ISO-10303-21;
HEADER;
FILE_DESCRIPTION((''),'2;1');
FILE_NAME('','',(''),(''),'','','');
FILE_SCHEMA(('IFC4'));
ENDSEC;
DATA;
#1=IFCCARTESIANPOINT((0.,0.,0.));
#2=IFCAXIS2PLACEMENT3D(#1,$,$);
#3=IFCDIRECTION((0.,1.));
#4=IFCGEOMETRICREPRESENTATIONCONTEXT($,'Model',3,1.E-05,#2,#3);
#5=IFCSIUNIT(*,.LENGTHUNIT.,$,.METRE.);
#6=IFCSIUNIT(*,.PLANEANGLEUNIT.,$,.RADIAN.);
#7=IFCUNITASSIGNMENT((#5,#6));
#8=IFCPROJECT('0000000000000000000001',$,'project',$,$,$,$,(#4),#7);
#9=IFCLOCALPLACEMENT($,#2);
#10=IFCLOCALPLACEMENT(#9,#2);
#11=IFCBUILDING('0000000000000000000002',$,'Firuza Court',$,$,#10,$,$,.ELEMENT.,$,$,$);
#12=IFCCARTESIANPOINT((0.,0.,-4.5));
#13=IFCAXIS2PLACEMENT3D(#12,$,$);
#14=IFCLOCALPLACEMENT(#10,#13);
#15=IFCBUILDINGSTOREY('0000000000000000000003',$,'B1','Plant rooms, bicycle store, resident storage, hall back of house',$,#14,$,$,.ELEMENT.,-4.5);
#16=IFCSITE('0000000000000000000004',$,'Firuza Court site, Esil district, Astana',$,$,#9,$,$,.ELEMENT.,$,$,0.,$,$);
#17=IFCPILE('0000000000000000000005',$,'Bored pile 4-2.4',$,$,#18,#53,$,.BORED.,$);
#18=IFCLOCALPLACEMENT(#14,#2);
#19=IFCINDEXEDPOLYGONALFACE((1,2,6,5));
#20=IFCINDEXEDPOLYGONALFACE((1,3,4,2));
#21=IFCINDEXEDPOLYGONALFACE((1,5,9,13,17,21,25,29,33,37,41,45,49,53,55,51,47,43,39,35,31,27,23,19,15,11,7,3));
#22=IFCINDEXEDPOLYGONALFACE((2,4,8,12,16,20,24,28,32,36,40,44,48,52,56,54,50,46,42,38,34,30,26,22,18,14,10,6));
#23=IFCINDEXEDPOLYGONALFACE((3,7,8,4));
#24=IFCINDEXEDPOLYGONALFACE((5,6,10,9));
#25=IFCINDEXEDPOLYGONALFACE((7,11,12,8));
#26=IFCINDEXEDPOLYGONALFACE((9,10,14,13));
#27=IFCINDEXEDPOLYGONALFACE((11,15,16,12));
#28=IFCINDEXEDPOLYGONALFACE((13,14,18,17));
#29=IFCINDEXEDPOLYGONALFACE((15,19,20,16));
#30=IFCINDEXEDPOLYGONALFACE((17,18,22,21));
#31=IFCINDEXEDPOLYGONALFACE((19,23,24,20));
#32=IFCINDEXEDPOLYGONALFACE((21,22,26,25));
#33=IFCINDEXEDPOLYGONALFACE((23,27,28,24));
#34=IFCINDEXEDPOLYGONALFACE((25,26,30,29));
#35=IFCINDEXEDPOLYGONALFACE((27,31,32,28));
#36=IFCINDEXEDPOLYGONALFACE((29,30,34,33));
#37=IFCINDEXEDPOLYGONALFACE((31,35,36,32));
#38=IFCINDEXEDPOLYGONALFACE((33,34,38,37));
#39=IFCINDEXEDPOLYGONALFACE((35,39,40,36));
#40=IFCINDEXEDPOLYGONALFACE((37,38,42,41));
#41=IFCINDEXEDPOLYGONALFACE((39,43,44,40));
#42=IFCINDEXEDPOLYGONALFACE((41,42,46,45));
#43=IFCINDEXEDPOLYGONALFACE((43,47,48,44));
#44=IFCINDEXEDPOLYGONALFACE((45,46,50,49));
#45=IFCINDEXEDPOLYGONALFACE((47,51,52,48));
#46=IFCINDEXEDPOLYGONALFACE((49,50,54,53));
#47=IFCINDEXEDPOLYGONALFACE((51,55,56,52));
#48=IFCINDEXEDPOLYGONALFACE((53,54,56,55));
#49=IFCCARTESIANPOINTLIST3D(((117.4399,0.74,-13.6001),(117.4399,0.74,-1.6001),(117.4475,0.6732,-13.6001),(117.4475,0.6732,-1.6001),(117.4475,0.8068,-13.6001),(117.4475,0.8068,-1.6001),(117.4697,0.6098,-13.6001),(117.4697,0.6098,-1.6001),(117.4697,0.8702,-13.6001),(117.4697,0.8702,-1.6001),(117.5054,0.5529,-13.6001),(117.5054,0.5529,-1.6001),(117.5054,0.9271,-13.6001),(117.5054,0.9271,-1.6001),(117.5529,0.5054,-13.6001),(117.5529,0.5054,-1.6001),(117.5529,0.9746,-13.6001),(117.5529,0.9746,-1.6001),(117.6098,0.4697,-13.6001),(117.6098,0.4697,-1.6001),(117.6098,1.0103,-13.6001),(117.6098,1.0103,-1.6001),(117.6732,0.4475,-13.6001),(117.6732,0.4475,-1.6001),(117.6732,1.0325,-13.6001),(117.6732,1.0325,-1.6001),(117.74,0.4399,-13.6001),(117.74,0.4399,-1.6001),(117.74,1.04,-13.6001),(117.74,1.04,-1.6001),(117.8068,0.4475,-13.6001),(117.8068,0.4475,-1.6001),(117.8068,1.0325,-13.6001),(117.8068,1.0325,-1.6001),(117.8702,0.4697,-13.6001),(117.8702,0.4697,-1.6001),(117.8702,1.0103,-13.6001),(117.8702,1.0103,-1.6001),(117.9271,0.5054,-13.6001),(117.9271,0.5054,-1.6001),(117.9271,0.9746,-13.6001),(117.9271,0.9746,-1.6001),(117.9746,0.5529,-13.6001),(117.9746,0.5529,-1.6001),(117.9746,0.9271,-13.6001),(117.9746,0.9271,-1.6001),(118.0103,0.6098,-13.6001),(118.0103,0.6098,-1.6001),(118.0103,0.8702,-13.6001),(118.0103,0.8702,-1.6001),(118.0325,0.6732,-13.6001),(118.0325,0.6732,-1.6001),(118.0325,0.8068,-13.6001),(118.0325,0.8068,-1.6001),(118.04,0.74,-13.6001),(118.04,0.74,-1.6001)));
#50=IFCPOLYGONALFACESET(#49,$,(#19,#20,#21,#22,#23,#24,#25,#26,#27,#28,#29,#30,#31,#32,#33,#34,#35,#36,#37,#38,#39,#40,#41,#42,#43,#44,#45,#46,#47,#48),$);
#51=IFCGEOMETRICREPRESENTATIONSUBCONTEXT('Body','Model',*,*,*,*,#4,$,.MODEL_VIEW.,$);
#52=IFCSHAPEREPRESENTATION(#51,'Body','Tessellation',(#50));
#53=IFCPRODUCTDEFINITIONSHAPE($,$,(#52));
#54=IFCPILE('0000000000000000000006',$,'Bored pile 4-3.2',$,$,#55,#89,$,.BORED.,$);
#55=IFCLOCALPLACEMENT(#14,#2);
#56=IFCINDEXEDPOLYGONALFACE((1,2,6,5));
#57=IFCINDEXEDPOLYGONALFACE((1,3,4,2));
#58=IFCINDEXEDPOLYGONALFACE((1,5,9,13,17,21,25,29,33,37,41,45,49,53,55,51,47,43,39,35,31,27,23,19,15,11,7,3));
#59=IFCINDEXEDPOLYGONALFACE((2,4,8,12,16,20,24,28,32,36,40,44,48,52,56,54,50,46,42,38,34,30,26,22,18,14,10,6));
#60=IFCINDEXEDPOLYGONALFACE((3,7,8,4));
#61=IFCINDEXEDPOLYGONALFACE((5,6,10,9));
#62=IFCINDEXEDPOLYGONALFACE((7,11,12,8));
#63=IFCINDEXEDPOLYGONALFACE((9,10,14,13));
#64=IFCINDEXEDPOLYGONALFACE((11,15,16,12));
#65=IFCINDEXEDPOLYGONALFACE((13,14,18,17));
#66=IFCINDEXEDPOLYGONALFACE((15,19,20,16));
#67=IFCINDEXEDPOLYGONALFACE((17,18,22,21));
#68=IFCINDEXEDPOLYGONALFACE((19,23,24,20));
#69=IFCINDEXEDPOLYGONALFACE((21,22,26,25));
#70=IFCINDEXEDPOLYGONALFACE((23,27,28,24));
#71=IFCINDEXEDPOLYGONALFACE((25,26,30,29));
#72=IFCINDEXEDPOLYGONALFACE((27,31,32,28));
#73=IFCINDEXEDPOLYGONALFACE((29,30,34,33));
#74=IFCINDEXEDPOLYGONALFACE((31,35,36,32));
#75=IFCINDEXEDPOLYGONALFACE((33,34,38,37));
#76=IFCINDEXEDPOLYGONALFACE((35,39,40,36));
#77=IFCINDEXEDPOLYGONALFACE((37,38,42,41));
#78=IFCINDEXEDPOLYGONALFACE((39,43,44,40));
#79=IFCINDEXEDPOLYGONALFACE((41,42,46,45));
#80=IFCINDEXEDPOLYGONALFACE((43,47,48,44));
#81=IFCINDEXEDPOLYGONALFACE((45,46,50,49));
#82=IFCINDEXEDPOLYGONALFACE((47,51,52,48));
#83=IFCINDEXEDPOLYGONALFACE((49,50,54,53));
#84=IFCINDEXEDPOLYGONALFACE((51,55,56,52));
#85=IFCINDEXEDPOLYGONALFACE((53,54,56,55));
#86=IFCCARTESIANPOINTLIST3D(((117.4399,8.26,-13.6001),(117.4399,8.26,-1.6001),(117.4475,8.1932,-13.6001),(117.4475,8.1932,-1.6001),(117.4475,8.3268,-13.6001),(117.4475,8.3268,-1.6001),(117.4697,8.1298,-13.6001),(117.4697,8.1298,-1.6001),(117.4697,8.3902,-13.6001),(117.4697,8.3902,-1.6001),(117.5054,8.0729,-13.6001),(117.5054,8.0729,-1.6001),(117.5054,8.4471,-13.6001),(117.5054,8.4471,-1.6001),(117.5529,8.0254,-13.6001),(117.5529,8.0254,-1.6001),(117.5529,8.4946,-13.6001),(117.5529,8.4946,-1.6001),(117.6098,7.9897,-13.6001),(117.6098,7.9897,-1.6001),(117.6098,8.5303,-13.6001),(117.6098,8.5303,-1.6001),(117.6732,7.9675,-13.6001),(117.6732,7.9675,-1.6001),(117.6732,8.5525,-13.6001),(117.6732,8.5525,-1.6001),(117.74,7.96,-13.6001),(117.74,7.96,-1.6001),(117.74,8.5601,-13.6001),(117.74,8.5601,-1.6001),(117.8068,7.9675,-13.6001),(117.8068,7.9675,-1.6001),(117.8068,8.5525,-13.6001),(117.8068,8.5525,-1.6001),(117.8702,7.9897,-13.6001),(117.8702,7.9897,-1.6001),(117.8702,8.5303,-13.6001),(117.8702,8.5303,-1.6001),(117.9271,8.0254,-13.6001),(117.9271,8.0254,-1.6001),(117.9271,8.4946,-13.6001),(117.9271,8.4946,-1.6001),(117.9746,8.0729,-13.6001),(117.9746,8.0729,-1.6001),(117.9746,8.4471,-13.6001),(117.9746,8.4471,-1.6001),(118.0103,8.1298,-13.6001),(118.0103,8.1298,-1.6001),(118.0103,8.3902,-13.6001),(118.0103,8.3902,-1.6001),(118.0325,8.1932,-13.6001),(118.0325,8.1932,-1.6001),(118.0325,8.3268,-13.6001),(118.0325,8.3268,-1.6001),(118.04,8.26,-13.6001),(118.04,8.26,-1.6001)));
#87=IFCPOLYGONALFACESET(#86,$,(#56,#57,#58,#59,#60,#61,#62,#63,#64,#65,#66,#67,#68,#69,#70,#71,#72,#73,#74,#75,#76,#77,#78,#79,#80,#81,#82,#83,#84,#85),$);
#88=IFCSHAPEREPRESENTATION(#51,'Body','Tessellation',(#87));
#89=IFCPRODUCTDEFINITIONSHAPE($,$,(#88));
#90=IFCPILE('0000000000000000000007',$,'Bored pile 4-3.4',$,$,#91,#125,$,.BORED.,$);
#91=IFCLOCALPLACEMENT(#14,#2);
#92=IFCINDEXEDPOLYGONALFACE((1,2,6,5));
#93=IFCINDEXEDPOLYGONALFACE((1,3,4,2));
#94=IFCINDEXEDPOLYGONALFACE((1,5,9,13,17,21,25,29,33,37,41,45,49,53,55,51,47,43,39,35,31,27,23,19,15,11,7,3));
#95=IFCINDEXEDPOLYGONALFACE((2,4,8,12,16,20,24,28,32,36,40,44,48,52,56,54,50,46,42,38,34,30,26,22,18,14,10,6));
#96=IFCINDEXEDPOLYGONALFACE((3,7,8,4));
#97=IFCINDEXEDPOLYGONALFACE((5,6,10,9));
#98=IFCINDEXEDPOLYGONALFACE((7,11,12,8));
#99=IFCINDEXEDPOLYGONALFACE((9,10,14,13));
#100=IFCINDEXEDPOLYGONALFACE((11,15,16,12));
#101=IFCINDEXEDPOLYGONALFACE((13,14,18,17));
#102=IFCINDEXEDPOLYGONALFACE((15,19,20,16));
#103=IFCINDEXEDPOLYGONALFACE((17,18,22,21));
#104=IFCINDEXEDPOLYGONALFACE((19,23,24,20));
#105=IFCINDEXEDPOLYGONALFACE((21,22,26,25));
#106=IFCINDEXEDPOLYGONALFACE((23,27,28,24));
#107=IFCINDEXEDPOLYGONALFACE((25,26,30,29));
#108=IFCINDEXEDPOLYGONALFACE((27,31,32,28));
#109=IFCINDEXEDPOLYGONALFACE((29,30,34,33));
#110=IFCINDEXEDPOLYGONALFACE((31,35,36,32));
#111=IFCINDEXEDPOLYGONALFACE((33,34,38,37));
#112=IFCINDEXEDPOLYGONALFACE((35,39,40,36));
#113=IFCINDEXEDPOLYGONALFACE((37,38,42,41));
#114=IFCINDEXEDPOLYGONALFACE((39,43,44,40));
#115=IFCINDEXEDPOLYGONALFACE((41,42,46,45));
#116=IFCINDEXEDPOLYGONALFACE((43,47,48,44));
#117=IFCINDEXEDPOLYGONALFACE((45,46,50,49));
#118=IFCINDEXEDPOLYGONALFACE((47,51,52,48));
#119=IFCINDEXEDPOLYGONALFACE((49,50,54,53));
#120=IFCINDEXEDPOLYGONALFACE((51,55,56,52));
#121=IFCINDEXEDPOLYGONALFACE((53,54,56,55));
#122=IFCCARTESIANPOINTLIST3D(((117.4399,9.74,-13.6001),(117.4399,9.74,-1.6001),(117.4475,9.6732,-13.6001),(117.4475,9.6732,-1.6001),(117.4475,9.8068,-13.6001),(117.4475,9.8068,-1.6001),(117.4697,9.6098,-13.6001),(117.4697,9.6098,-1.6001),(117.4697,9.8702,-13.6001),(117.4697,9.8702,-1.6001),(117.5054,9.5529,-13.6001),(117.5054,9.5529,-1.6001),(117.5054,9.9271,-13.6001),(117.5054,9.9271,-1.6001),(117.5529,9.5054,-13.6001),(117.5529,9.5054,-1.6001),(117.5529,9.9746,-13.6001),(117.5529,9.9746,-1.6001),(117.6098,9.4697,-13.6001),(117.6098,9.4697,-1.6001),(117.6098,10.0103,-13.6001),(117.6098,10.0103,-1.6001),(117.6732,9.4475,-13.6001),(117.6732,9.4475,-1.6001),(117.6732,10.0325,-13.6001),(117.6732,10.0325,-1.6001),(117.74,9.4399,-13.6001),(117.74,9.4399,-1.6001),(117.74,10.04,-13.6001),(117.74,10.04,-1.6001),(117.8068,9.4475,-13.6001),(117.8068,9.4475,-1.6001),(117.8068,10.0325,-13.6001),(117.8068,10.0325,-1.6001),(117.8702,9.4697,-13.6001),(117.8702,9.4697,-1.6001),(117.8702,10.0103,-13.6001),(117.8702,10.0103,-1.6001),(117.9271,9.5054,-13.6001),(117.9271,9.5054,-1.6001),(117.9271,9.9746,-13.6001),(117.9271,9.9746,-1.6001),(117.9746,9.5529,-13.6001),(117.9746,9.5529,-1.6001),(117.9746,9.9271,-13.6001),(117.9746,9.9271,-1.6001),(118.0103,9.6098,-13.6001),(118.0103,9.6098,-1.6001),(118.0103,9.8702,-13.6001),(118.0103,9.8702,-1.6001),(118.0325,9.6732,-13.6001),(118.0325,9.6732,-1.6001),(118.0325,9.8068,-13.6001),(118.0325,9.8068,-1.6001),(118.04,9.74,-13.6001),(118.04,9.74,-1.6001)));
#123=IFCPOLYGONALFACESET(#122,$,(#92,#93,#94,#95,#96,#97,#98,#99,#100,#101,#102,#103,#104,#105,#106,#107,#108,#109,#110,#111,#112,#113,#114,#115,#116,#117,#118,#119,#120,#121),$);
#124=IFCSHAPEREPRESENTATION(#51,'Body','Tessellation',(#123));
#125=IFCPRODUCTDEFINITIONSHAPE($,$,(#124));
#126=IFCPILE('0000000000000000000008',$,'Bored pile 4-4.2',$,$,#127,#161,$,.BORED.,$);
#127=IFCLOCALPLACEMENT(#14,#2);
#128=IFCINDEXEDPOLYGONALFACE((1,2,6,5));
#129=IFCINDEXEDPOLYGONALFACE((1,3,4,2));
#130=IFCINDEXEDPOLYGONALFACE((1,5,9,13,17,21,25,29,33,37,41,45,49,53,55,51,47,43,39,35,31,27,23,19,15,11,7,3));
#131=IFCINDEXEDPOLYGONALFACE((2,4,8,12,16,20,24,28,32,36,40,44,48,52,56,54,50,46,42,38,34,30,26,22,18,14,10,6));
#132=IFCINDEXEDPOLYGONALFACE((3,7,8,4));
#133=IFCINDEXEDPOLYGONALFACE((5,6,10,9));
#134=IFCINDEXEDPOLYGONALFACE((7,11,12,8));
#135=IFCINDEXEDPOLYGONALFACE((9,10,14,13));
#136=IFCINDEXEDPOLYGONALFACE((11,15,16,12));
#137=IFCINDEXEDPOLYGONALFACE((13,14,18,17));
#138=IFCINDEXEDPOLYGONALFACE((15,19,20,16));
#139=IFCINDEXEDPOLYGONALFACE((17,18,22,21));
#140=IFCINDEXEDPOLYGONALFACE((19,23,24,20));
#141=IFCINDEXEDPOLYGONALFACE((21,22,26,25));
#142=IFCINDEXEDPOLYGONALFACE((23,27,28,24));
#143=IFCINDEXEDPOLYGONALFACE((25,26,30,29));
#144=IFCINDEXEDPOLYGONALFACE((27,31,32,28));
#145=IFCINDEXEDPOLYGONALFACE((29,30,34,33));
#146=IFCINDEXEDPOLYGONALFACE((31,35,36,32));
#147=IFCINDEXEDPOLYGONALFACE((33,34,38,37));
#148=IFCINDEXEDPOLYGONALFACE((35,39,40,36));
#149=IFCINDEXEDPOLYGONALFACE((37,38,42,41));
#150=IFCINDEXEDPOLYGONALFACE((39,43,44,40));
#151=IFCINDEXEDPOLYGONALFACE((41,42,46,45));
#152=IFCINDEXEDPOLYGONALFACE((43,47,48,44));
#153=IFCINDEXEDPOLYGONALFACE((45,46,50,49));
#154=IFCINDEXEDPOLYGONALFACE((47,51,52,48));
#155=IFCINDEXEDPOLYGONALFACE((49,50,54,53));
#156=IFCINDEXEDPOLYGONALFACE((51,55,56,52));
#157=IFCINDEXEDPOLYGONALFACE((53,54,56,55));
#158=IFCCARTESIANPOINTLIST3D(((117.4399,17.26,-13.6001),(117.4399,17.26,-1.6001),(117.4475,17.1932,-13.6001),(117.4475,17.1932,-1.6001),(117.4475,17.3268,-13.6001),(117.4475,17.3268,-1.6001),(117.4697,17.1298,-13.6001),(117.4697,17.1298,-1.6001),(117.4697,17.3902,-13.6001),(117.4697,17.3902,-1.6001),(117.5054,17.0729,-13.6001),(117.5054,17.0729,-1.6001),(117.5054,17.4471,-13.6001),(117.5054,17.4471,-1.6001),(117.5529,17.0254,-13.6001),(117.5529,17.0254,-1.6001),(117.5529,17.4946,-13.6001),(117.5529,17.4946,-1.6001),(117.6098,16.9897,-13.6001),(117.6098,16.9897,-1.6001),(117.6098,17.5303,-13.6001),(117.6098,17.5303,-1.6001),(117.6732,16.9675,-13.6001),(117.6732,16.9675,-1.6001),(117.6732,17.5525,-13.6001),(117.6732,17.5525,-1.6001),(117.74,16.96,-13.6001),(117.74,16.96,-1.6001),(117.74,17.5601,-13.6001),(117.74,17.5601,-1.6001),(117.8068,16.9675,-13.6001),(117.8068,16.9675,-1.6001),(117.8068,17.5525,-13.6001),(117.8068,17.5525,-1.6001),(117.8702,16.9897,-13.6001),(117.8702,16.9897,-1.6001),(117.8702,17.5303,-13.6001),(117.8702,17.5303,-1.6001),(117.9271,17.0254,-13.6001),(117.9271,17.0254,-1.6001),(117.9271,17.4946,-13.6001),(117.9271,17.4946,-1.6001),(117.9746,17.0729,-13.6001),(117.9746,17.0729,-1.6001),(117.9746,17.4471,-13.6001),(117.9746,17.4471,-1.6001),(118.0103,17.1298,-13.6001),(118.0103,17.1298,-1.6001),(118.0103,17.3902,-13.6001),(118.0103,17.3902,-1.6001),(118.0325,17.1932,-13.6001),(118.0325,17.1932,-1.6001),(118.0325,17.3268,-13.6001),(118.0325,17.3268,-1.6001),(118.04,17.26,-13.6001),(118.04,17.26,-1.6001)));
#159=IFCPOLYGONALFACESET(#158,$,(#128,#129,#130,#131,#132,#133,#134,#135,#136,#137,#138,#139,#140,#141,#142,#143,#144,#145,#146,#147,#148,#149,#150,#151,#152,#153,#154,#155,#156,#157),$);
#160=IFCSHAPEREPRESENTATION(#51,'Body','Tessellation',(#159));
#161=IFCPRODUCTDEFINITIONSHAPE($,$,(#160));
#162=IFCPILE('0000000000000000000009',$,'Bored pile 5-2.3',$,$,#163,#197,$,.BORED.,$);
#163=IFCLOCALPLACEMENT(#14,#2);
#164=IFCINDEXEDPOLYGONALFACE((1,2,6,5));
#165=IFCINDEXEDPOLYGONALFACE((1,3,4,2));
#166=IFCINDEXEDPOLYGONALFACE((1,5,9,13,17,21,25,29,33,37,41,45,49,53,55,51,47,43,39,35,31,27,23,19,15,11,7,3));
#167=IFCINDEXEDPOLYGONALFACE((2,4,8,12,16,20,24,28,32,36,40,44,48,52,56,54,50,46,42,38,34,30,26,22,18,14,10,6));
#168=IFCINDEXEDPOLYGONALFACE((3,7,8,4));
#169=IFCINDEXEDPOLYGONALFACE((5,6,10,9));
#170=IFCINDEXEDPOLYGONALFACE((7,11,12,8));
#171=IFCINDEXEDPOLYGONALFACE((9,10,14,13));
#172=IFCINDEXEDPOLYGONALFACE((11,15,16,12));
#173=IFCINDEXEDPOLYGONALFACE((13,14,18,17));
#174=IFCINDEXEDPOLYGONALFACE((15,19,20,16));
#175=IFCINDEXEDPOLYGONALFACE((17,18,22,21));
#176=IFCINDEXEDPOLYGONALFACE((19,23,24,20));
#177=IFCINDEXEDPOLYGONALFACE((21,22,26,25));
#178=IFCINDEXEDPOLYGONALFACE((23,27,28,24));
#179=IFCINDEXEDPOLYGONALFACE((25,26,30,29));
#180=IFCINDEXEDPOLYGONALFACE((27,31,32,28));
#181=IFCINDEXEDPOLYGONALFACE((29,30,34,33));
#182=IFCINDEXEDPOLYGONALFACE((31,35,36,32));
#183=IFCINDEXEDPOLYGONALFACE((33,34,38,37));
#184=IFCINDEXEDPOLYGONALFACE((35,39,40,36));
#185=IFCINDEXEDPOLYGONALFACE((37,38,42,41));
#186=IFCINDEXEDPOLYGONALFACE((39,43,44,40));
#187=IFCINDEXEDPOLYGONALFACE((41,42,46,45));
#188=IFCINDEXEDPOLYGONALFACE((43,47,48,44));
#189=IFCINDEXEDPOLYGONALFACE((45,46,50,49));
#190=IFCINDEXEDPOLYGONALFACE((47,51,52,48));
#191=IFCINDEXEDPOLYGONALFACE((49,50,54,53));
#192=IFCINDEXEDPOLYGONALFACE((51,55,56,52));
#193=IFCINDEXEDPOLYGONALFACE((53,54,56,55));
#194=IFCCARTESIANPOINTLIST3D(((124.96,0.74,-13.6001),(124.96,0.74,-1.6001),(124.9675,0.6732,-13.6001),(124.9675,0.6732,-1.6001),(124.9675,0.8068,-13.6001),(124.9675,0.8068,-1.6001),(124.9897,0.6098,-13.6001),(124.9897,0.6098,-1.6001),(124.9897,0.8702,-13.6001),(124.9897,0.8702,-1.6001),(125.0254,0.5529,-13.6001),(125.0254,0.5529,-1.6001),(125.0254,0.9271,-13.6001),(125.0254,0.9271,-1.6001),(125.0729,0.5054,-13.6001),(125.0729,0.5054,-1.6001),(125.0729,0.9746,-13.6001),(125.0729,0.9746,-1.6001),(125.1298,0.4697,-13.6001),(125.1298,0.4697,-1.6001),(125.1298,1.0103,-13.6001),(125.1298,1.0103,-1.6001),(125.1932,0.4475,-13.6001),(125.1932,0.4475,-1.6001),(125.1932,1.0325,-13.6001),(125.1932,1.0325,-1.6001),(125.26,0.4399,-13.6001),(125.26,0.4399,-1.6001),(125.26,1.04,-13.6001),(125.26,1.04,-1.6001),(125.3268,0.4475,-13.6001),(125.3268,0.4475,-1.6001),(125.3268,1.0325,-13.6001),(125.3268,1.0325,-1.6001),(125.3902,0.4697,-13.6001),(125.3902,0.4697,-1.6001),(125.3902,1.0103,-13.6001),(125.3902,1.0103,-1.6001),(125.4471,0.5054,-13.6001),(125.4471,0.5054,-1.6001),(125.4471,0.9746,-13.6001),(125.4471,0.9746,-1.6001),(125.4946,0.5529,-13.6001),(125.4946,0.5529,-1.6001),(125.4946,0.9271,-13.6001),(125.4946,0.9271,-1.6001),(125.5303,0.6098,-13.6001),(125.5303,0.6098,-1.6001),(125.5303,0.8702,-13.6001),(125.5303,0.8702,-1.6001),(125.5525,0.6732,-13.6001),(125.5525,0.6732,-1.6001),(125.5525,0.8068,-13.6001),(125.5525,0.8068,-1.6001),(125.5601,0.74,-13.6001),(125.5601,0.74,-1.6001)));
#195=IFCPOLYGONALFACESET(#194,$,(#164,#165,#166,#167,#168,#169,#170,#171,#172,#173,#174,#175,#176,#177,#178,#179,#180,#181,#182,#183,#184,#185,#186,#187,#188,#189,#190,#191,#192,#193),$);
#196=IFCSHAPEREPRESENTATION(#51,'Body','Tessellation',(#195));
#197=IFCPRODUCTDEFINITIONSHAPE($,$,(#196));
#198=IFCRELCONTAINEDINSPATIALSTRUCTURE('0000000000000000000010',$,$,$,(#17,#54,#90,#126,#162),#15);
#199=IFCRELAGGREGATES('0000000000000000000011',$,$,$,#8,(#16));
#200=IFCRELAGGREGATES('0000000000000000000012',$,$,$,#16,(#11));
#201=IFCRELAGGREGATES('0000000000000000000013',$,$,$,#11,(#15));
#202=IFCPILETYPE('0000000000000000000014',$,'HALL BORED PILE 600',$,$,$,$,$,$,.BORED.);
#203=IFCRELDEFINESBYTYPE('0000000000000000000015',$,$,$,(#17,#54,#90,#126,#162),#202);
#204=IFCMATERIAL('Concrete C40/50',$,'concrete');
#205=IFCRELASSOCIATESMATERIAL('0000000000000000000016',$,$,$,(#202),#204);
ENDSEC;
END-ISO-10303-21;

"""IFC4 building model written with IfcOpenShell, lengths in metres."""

from ifc_helpers import new_model, si_unit, direction, frame, origin, origin_2d, place, context, subcontext, project, spatial, circle, extrude, material, material_profile, profile_set, type_object, element, save


model = new_model("IFC4")

# Units and contexts
model_context = context("Model", 3, precision=1e-05, world=origin(), true_north=direction((0.0, 1.0)))
body_context = subcontext(model_context, "Body", "Model", "MODEL_VIEW")
ifc_project = project(units=[si_unit("LENGTHUNIT", "METRE"), si_unit("PLANEANGLEUNIT", "RADIAN")], contexts=[model_context])

# Site, building, storey
site_placement = place(None, origin())
site = spatial("IfcSite", under=ifc_project, at=site_placement, Name="Firuza Court site, Esil district, Astana", CompositionType="ELEMENT", RefElevation=0.0)
building_placement = place(site_placement, origin())
building = spatial("IfcBuilding", under=site, at=building_placement, Name="Firuza Court", CompositionType="ELEMENT")
storey_placement = place(building_placement, frame((0.0, 0.0, -4.5)))
storey = spatial("IfcBuildingStorey", under=building, at=storey_placement, Name="B1", Description="Plant rooms, bicycle store, resident storage, hall back of house", CompositionType="ELEMENT", Elevation=-4.5)

# Piles
ifc_material_1 = material(Name="Concrete C40/50", Category="concrete")
ifc_material_profile_1 = material_profile(ifc_material_1, circle(Radius=0.3, at=origin_2d()), Name="PILE 600")
ifc_profile_set_1 = profile_set([ifc_material_profile_1], Name="Concrete C40/50")
pile_type = type_object("IfcPileType", Name="HALL BORED PILE 600", PredefinedType="BORED", material=ifc_profile_set_1)
for number, where, z_axis, x_axis, name in (
    (1, (117.74, 0.74, -1.6001), (0.0, 0.0, -1.0), (1.0, 0.0, 0.0), "Bored pile 4-2.4"),
    (2, (117.74, 8.26, -1.6001), (0.0, 0.0, -1.0), (1.0, 0.0, 0.0), "Bored pile 4-3.2"),
    (3, (117.74, 9.74, -1.6001), (0.0, 0.0, -1.0), (1.0, 0.0, 0.0), "Bored pile 4-3.4"),
    (4, (117.74, 17.26, -1.6001), (0.0, 0.0, -1.0), (1.0, 0.0, 0.0), "Bored pile 4-4.2"),
    (5, (125.26, 0.74, -1.6001), (0.0, 0.0, -1.0), (1.0, 0.0, 0.0), "Bored pile 5-2.3"),
):
    element("IfcPile", number, at=place(storey_placement, frame(where, z_axis=z_axis, x_axis=x_axis)), inside=storey, type_object=pile_type, Name=name, PredefinedType="BORED", context=body_context, shape_type="SweptSolid", body=[
        extrude(circle(Radius=0.3, at=origin_2d()), origin(), (0.0, 0.0, 1.0), 12.0),
    ])

save(model, "model.ifc")
